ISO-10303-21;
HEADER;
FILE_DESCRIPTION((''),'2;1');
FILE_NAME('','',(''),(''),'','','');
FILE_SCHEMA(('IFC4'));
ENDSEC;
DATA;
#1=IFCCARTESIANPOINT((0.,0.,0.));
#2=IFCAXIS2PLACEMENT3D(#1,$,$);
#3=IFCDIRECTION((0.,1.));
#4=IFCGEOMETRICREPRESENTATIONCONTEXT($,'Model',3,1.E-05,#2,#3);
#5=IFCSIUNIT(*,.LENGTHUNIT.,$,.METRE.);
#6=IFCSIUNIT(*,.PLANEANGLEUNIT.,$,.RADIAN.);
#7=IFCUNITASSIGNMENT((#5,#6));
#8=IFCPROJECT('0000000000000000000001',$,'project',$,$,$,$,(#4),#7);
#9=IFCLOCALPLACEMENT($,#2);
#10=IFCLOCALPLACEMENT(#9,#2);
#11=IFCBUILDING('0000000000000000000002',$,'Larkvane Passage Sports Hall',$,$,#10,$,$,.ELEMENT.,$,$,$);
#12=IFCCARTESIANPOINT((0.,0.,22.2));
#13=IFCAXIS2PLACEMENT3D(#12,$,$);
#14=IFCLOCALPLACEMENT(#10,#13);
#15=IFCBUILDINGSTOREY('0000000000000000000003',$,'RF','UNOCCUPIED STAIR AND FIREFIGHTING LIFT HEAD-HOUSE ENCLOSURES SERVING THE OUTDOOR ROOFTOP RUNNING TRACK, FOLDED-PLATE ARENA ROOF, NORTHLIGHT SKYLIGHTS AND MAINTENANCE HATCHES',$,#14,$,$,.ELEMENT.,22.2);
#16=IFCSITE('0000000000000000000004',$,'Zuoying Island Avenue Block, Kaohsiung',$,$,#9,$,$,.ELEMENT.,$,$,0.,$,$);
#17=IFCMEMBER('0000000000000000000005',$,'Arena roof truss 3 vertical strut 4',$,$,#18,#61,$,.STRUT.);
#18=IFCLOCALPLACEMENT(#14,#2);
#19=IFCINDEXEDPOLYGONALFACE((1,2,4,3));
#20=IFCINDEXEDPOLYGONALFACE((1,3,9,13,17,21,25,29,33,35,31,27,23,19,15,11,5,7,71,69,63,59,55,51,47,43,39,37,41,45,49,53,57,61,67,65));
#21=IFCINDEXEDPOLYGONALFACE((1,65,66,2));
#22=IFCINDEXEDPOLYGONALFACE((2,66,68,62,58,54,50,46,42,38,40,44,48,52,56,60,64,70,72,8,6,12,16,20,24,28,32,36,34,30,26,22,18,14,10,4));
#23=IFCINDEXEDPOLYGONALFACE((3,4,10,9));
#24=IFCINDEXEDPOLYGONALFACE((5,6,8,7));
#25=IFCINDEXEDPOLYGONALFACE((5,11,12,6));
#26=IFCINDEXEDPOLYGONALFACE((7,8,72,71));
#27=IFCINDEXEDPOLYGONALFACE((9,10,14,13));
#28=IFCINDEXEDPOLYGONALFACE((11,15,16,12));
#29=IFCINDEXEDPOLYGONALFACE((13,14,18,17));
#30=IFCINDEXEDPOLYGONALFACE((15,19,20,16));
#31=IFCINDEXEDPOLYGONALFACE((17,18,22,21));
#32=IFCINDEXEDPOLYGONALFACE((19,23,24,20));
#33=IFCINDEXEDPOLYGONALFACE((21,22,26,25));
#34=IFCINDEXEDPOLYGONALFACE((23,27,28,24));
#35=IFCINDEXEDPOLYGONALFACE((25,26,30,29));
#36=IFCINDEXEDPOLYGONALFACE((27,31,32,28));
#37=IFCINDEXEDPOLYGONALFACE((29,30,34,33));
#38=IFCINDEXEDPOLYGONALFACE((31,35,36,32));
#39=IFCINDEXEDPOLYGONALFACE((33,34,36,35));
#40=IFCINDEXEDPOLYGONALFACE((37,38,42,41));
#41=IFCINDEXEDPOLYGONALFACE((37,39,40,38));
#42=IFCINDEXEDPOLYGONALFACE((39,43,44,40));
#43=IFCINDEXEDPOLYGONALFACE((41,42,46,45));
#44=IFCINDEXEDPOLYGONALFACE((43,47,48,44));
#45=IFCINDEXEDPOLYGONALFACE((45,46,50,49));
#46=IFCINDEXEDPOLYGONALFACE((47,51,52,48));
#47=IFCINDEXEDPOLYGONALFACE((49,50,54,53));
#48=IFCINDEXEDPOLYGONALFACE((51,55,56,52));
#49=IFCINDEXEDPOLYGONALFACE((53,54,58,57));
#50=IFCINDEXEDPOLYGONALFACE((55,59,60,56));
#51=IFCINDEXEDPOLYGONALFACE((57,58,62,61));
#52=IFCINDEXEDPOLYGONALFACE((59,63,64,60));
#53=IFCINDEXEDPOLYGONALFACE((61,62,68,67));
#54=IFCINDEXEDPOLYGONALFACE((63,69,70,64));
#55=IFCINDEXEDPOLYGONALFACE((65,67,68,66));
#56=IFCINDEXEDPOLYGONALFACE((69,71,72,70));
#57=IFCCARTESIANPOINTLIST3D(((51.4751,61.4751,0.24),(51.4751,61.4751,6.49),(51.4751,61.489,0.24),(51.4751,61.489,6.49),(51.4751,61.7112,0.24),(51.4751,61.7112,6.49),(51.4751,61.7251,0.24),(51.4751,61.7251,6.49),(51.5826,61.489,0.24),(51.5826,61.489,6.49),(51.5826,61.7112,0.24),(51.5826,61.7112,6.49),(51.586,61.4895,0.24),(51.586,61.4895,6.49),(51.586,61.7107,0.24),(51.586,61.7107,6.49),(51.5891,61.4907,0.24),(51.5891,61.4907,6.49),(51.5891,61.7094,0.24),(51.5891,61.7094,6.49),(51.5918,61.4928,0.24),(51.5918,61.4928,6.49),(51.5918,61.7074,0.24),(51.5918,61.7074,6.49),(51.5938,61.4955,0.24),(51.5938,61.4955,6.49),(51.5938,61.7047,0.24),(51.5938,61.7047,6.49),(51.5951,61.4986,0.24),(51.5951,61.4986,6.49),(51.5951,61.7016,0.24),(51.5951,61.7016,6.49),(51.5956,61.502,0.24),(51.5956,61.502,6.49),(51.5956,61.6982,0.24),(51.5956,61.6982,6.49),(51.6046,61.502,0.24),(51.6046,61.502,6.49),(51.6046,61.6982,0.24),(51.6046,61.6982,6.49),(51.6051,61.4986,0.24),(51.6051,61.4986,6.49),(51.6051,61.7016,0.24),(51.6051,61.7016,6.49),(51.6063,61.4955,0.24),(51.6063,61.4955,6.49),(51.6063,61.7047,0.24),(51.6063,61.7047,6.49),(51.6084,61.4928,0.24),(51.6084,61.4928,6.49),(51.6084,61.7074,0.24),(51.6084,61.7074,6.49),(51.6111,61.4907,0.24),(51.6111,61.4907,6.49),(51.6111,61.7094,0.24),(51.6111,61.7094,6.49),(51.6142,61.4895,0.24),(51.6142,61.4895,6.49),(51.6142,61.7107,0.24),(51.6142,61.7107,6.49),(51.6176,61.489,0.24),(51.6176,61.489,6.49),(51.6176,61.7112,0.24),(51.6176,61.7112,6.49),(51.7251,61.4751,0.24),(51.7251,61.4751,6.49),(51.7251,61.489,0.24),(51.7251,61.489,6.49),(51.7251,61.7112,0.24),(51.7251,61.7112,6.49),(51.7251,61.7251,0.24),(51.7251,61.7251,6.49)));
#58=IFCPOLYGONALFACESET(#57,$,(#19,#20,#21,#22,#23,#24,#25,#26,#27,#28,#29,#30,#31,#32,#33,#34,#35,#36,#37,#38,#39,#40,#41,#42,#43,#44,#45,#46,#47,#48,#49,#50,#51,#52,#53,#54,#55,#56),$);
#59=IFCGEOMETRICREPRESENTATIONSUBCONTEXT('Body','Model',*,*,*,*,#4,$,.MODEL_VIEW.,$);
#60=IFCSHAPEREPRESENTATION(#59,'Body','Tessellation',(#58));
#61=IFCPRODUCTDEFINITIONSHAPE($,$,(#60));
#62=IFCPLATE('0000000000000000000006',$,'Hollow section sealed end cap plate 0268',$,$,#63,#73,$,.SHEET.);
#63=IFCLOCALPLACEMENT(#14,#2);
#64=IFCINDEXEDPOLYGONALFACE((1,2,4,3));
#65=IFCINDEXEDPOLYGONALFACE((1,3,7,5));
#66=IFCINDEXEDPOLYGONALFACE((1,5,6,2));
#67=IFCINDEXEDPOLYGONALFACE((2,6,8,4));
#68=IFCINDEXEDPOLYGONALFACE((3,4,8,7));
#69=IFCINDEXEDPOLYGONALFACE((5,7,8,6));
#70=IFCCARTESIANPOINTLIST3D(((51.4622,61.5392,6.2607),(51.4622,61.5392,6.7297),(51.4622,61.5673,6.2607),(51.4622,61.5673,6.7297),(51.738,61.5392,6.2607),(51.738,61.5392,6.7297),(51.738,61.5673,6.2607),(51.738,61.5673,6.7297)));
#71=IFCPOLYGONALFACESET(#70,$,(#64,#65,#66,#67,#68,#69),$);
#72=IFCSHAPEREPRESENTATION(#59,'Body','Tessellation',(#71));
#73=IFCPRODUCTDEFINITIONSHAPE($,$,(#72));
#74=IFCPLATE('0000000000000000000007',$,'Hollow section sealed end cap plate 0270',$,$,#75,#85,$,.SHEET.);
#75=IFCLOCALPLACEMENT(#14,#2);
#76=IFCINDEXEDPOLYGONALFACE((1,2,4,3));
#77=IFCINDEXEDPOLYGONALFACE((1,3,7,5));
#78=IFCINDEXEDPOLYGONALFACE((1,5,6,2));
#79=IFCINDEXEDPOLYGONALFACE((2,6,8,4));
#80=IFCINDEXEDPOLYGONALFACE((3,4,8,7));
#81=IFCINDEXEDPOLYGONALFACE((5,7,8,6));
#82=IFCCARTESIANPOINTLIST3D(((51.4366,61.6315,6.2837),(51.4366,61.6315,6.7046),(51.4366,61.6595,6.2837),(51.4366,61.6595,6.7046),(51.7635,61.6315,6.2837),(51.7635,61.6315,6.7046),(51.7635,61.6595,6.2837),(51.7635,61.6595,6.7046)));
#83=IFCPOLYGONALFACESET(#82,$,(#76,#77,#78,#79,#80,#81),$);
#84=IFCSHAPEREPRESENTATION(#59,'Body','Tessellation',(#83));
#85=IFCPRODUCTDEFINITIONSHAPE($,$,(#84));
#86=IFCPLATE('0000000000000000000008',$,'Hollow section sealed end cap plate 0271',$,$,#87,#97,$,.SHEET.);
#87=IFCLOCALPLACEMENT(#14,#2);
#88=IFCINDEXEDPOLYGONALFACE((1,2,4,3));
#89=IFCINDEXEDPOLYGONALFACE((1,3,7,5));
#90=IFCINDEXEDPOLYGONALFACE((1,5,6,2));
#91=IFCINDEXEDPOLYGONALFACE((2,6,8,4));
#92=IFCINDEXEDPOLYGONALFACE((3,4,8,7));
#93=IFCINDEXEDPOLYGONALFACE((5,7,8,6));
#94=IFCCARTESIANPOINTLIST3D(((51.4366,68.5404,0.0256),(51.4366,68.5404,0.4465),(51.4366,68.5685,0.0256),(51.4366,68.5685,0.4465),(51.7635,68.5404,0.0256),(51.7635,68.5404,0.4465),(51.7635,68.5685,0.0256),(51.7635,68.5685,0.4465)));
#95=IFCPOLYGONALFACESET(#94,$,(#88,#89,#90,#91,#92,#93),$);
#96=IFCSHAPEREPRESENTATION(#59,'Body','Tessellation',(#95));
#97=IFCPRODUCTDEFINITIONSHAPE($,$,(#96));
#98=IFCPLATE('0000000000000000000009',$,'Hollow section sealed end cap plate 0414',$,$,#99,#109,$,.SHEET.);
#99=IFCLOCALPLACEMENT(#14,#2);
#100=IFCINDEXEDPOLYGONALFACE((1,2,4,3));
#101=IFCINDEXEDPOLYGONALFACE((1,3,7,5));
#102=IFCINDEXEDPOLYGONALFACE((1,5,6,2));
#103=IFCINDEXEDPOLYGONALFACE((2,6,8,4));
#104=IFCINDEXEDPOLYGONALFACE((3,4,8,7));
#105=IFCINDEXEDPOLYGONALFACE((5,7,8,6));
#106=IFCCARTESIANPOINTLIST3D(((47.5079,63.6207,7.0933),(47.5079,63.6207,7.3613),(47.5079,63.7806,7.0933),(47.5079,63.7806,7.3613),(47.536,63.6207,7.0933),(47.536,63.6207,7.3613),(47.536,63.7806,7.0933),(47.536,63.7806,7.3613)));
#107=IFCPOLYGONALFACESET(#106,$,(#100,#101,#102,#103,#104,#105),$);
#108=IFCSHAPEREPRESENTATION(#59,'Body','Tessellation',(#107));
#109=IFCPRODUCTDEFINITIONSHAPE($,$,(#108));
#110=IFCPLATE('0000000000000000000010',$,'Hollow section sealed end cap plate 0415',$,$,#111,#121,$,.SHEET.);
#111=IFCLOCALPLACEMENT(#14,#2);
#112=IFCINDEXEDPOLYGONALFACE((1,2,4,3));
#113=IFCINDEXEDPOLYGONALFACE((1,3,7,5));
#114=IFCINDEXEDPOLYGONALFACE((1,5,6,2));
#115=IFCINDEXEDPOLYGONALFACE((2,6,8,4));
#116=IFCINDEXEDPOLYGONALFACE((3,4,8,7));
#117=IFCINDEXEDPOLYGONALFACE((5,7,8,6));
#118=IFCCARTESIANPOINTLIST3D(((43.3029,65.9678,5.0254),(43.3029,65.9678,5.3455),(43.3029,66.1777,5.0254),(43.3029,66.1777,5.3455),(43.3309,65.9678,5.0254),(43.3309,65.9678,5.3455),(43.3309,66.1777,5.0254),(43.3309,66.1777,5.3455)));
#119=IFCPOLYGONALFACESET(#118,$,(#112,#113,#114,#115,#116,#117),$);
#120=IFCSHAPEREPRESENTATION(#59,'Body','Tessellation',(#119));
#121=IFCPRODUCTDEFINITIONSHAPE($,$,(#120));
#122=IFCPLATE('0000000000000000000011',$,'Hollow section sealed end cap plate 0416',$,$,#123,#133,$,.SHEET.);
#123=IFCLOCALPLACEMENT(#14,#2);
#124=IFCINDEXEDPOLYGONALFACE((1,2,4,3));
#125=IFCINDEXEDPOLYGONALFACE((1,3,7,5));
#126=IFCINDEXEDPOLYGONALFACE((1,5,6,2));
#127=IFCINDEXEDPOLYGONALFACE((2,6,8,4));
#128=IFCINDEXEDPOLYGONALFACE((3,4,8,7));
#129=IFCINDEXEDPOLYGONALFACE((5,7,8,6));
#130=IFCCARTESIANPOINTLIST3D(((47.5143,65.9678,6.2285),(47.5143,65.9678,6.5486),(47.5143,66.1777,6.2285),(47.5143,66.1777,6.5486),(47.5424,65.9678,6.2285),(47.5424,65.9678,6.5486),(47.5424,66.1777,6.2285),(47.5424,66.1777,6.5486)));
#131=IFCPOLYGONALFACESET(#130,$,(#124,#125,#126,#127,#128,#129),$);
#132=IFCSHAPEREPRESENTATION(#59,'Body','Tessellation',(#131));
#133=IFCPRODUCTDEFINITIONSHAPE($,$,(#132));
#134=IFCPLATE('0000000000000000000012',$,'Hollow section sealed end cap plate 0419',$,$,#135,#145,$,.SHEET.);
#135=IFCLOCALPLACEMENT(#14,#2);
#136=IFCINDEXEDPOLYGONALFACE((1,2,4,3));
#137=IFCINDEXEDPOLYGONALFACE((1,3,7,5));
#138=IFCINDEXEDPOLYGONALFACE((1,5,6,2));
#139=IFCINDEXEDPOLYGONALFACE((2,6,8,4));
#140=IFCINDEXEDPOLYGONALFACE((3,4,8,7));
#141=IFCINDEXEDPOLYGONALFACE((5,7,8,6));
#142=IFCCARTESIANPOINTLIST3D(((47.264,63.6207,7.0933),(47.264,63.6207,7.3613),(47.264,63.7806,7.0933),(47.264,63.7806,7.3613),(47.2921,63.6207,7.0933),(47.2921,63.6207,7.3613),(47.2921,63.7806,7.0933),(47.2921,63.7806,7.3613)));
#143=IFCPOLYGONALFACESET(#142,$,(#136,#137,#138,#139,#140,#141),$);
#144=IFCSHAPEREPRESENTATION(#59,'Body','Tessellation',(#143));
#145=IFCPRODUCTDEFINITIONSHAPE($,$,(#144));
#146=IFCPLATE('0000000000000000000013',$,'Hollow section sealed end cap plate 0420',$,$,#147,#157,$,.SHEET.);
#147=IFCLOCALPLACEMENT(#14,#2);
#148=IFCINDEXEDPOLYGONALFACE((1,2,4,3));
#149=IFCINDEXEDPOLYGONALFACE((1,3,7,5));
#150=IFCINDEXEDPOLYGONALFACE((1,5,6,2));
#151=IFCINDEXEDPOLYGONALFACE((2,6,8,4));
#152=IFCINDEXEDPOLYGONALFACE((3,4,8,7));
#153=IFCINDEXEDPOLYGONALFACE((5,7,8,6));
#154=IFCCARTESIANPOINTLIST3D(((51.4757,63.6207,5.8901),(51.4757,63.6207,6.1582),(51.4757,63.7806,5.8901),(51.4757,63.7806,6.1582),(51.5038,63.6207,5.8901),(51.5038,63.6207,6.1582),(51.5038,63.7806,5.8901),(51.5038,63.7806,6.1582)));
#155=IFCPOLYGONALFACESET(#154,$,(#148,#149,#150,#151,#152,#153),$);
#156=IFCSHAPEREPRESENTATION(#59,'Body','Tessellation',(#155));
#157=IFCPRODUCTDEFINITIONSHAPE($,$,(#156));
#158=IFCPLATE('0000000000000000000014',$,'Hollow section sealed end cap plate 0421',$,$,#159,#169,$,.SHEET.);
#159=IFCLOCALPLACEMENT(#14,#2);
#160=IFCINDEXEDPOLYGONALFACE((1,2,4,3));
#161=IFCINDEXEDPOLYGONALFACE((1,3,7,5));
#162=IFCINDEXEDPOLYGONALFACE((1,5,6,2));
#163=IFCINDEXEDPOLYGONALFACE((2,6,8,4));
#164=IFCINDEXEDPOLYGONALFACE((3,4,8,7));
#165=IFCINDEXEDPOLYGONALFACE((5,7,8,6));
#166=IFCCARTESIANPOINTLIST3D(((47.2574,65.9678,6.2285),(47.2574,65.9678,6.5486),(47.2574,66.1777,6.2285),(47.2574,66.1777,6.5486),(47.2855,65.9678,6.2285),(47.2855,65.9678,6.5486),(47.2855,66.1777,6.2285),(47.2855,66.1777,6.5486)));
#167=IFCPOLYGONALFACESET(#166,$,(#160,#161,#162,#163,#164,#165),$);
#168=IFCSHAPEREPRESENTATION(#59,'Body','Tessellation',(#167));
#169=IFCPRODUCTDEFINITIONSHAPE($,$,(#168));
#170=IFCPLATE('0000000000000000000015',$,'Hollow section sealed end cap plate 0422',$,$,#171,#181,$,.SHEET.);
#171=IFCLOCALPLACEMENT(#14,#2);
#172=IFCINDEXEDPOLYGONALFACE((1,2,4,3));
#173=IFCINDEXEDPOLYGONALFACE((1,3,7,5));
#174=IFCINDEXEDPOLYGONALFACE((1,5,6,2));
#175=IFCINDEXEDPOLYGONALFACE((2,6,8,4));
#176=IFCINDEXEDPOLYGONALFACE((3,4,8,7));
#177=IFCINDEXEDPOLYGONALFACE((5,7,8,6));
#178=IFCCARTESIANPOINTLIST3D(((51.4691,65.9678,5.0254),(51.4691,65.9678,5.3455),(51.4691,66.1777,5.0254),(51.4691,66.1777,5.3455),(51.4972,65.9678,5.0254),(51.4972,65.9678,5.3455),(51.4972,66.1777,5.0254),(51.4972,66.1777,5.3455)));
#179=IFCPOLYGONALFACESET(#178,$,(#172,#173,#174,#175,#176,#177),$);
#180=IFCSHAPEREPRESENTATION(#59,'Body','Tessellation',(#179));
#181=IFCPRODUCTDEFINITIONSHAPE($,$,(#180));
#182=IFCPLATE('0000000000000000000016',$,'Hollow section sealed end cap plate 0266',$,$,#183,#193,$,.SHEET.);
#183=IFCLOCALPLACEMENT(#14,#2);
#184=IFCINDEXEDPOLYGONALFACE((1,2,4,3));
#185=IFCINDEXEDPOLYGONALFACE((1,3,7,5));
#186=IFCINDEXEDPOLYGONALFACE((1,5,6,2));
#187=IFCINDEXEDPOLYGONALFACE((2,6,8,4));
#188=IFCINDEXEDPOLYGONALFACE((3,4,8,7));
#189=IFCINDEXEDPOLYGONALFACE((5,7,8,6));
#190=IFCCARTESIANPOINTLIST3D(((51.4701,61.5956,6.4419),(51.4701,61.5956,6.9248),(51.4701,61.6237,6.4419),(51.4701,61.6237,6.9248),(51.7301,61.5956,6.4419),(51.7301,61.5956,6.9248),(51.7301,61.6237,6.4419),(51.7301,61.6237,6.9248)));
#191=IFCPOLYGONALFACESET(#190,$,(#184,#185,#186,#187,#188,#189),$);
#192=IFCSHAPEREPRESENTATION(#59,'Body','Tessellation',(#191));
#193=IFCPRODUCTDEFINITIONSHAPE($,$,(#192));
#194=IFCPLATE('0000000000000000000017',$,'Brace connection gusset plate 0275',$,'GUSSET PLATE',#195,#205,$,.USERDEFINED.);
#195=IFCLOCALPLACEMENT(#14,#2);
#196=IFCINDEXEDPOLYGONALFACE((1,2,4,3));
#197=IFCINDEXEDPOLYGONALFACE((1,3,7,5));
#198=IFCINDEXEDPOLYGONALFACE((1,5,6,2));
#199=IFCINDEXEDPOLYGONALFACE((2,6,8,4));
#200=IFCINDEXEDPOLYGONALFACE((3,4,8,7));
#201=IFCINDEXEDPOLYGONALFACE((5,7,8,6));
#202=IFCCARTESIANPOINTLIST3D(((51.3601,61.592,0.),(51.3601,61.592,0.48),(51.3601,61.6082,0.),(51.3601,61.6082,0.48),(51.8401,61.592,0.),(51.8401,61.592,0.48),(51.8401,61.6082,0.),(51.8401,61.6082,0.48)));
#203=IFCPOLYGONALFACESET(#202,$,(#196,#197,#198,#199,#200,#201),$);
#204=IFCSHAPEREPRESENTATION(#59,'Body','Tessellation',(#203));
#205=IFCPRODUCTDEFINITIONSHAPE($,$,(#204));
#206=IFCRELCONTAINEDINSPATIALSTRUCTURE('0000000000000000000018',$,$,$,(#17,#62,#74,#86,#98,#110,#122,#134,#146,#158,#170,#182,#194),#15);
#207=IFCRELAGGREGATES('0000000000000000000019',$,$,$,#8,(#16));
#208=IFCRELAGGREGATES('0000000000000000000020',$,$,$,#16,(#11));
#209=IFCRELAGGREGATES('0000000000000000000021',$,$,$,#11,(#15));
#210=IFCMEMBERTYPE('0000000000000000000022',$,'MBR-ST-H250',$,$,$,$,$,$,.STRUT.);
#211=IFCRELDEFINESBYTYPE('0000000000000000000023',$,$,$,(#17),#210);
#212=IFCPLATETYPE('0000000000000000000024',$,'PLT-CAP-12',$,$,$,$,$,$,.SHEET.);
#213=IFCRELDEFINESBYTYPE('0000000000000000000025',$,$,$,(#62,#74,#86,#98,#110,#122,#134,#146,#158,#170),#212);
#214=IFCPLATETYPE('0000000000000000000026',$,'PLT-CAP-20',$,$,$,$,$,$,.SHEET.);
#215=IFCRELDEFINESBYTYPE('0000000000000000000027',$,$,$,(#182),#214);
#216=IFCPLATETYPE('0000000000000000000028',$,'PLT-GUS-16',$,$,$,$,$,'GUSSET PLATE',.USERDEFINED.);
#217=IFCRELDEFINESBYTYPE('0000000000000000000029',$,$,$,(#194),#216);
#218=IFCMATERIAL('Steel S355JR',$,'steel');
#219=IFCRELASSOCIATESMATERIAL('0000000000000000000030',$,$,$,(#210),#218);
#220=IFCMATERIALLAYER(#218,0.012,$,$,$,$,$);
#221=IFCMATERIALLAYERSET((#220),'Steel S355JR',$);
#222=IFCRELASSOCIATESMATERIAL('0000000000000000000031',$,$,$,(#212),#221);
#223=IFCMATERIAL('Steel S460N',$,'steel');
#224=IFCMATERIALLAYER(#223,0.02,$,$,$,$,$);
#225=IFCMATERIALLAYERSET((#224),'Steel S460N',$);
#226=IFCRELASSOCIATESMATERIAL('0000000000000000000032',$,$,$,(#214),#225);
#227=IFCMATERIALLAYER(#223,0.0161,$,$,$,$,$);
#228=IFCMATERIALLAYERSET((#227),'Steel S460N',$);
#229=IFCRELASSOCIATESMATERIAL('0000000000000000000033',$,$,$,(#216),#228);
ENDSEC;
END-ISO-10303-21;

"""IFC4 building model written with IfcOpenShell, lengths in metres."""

from ifc_helpers import new_model, si_unit, direction, frame, origin, origin_2d, place, context, subcontext, project, spatial, rectangle, i_section, extrude, material, layer, layer_set, material_profile, profile_set, type_object, element, save


model = new_model("IFC4")

# Units and contexts
model_context = context("Model", 3, precision=1e-05, world=origin(), true_north=direction((0.0, 1.0)))
body_context = subcontext(model_context, "Body", "Model", "MODEL_VIEW")
ifc_project = project(units=[si_unit("LENGTHUNIT", "METRE"), si_unit("PLANEANGLEUNIT", "RADIAN")], contexts=[model_context])

# Site, building, storey
site_placement = place(None, origin())
site = spatial("IfcSite", under=ifc_project, at=site_placement, Name="Zuoying Island Avenue Block, Kaohsiung", CompositionType="ELEMENT", RefElevation=0.0)
building_placement = place(site_placement, origin())
building = spatial("IfcBuilding", under=site, at=building_placement, Name="Larkvane Passage Sports Hall", CompositionType="ELEMENT")
storey_placement = place(building_placement, frame((0.0, 0.0, 22.2)))
storey = spatial("IfcBuildingStorey", under=building, at=storey_placement, Name="RF", Description="UNOCCUPIED STAIR AND FIREFIGHTING LIFT HEAD-HOUSE ENCLOSURES SERVING THE OUTDOOR ROOFTOP RUNNING TRACK, FOLDED-PLATE ARENA ROOF, NORTHLIGHT SKYLIGHTS AND MAINTENANCE HATCHES", CompositionType="ELEMENT", Elevation=22.2)

# Member
ifc_material_1 = material(Name="Steel S355JR", Category="steel")
ifc_material_2 = material(Name="Steel S460N", Category="steel")
ifc_material_profile_1 = material_profile(ifc_material_1, i_section(OverallWidth=0.25, OverallDepth=0.25, WebThickness=0.009, FlangeThickness=0.0139, FilletRadius=0.0129, at=origin_2d()), Name="H-250x250x9x14")
ifc_profile_set_1 = profile_set([ifc_material_profile_1], Name="Steel S355JR")
member_type_1 = type_object("IfcMemberType", Name="MBR-ST-H250", PredefinedType="STRUT", material=ifc_profile_set_1)
member_1_placement = place(storey_placement, frame((51.6001, 61.6001, 0.24), z_axis=(0.0, 0.0, 1.0), x_axis=(1.0, 0.0, 0.0)))
element("IfcMember", 1, at=member_1_placement, inside=storey, type_object=member_type_1, Name="Arena roof truss 3 vertical strut 4", PredefinedType="STRUT", context=body_context, shape_type="SweptSolid", body=[
    extrude(i_section(OverallWidth=0.25, OverallDepth=0.25, WebThickness=0.009, FlangeThickness=0.0139, FilletRadius=0.0129, at=origin_2d()), origin(), (0.0, 0.0, 1.0), 6.25),
])

# Plates
ifc_layer_1 = layer(ifc_material_1, 0.012)
ifc_layer_set_1 = layer_set([ifc_layer_1], Name="Steel S355JR")
plate_type_1 = type_object("IfcPlateType", Name="PLT-CAP-12", PredefinedType="SHEET", material=ifc_layer_set_1)
plate_1_placement = place(storey_placement, frame((51.6001, 61.5532, 6.2607), z_axis=(0.0, 0.0, 1.0), x_axis=(-1.0, 0.0, 0.0)))
element("IfcPlate", 2, at=plate_1_placement, inside=storey, type_object=plate_type_1, Name="Hollow section sealed end cap plate 0268", PredefinedType="SHEET", context=body_context, shape_type="SweptSolid", body=[
    extrude(rectangle(XDim=0.2759, YDim=0.0281, at=origin_2d()), origin(), (0.0, 0.0, 1.0), 0.469),
])
for number, where, z_axis, x_axis, name in (
    (3, (51.6001, 61.6455, 6.2837), (0.0, 0.0, 1.0), (-1.0, 0.0, 0.0), "Hollow section sealed end cap plate 0270"),
    (4, (51.6001, 68.5544, 0.0256), (0.0, 0.0, 1.0), (-1.0, 0.0, 0.0), "Hollow section sealed end cap plate 0271"),
):
    element("IfcPlate", number, at=place(storey_placement, frame(where, z_axis=z_axis, x_axis=x_axis)), inside=storey, type_object=plate_type_1, Name=name, PredefinedType="SHEET", context=body_context, shape_type="SweptSolid", body=[
        extrude(rectangle(XDim=0.3269, YDim=0.0281, at=origin_2d()), origin(), (0.0, 0.0, 1.0), 0.4209),
    ])
plate_2_placement = place(storey_placement, frame((47.522, 63.7007, 7.0933), z_axis=(0.0, 0.0, 1.0), x_axis=(0.0, 1.0, 0.0)))
element("IfcPlate", 5, at=plate_2_placement, inside=storey, type_object=plate_type_1, Name="Hollow section sealed end cap plate 0414", PredefinedType="SHEET", context=body_context, shape_type="SweptSolid", body=[
    extrude(rectangle(XDim=0.1599, YDim=0.0281, at=origin_2d()), origin(), (0.0, 0.0, 1.0), 0.2681),
])
for number, where, z_axis, x_axis, name in (
    (6, (43.3169, 66.0728, 5.0254), (0.0, 0.0, 1.0), (0.0, 1.0, 0.0), "Hollow section sealed end cap plate 0415"),
    (7, (47.5283, 66.0728, 6.2285), (0.0, 0.0, 1.0), (0.0, 1.0, 0.0), "Hollow section sealed end cap plate 0416"),
):
    element("IfcPlate", number, at=place(storey_placement, frame(where, z_axis=z_axis, x_axis=x_axis)), inside=storey, type_object=plate_type_1, Name=name, PredefinedType="SHEET", context=body_context, shape_type="SweptSolid", body=[
        extrude(rectangle(XDim=0.21, YDim=0.0281, at=origin_2d()), origin(), (0.0, 0.0, 1.0), 0.3201),
    ])
for number, where, z_axis, x_axis, name in (
    (8, (47.2781, 63.7007, 7.0933), (0.0, 0.0, 1.0), (0.0, 1.0, 0.0), "Hollow section sealed end cap plate 0419"),
    (9, (51.4897, 63.7007, 5.8901), (0.0, 0.0, 1.0), (0.0, 1.0, 0.0), "Hollow section sealed end cap plate 0420"),
):
    element("IfcPlate", number, at=place(storey_placement, frame(where, z_axis=z_axis, x_axis=x_axis)), inside=storey, type_object=plate_type_1, Name=name, PredefinedType="SHEET", context=body_context, shape_type="SweptSolid", body=[
        extrude(rectangle(XDim=0.1599, YDim=0.0281, at=origin_2d()), origin(), (0.0, 0.0, 1.0), 0.2681),
    ])
for number, where, z_axis, x_axis, name in (
    (10, (47.2715, 66.0728, 6.2285), (0.0, 0.0, 1.0), (0.0, 1.0, 0.0), "Hollow section sealed end cap plate 0421"),
    (11, (51.4832, 66.0728, 5.0254), (0.0, 0.0, 1.0), (0.0, 1.0, 0.0), "Hollow section sealed end cap plate 0422"),
):
    element("IfcPlate", number, at=place(storey_placement, frame(where, z_axis=z_axis, x_axis=x_axis)), inside=storey, type_object=plate_type_1, Name=name, PredefinedType="SHEET", context=body_context, shape_type="SweptSolid", body=[
        extrude(rectangle(XDim=0.21, YDim=0.0281, at=origin_2d()), origin(), (0.0, 0.0, 1.0), 0.3201),
    ])
ifc_layer_2 = layer(ifc_material_2, 0.02)
ifc_layer_set_2 = layer_set([ifc_layer_2], Name="Steel S460N")
plate_type_2 = type_object("IfcPlateType", Name="PLT-CAP-20", PredefinedType="SHEET", material=ifc_layer_set_2)
plate_3_placement = place(storey_placement, frame((51.6001, 61.6096, 6.4419), z_axis=(0.0, 0.0, 1.0), x_axis=(-1.0, 0.0, 0.0)))
element("IfcPlate", 12, at=plate_3_placement, inside=storey, type_object=plate_type_2, Name="Hollow section sealed end cap plate 0266", PredefinedType="SHEET", context=body_context, shape_type="SweptSolid", body=[
    extrude(rectangle(XDim=0.26, YDim=0.0281, at=origin_2d()), origin(), (0.0, 0.0, 1.0), 0.4829),
])
ifc_layer_3 = layer(ifc_material_2, 0.0161)
ifc_layer_set_3 = layer_set([ifc_layer_3], Name="Steel S460N")
plate_type_3 = type_object("IfcPlateType", Name="PLT-GUS-16", ElementType="GUSSET PLATE", PredefinedType="USERDEFINED", material=ifc_layer_set_3)
plate_4_placement = place(storey_placement, frame((51.6001, 61.6001, 0.0), z_axis=(0.0, 0.0, 1.0), x_axis=(1.0, 0.0, 0.0)))
element("IfcPlate", 13, at=plate_4_placement, inside=storey, type_object=plate_type_3, Name="Brace connection gusset plate 0275", ObjectType="GUSSET PLATE", PredefinedType="USERDEFINED", context=body_context, shape_type="SweptSolid", body=[
    extrude(rectangle(XDim=0.48, YDim=0.0161, at=origin_2d()), origin(), (0.0, 0.0, 1.0), 0.48),
])

save(model, "model.ifc")
